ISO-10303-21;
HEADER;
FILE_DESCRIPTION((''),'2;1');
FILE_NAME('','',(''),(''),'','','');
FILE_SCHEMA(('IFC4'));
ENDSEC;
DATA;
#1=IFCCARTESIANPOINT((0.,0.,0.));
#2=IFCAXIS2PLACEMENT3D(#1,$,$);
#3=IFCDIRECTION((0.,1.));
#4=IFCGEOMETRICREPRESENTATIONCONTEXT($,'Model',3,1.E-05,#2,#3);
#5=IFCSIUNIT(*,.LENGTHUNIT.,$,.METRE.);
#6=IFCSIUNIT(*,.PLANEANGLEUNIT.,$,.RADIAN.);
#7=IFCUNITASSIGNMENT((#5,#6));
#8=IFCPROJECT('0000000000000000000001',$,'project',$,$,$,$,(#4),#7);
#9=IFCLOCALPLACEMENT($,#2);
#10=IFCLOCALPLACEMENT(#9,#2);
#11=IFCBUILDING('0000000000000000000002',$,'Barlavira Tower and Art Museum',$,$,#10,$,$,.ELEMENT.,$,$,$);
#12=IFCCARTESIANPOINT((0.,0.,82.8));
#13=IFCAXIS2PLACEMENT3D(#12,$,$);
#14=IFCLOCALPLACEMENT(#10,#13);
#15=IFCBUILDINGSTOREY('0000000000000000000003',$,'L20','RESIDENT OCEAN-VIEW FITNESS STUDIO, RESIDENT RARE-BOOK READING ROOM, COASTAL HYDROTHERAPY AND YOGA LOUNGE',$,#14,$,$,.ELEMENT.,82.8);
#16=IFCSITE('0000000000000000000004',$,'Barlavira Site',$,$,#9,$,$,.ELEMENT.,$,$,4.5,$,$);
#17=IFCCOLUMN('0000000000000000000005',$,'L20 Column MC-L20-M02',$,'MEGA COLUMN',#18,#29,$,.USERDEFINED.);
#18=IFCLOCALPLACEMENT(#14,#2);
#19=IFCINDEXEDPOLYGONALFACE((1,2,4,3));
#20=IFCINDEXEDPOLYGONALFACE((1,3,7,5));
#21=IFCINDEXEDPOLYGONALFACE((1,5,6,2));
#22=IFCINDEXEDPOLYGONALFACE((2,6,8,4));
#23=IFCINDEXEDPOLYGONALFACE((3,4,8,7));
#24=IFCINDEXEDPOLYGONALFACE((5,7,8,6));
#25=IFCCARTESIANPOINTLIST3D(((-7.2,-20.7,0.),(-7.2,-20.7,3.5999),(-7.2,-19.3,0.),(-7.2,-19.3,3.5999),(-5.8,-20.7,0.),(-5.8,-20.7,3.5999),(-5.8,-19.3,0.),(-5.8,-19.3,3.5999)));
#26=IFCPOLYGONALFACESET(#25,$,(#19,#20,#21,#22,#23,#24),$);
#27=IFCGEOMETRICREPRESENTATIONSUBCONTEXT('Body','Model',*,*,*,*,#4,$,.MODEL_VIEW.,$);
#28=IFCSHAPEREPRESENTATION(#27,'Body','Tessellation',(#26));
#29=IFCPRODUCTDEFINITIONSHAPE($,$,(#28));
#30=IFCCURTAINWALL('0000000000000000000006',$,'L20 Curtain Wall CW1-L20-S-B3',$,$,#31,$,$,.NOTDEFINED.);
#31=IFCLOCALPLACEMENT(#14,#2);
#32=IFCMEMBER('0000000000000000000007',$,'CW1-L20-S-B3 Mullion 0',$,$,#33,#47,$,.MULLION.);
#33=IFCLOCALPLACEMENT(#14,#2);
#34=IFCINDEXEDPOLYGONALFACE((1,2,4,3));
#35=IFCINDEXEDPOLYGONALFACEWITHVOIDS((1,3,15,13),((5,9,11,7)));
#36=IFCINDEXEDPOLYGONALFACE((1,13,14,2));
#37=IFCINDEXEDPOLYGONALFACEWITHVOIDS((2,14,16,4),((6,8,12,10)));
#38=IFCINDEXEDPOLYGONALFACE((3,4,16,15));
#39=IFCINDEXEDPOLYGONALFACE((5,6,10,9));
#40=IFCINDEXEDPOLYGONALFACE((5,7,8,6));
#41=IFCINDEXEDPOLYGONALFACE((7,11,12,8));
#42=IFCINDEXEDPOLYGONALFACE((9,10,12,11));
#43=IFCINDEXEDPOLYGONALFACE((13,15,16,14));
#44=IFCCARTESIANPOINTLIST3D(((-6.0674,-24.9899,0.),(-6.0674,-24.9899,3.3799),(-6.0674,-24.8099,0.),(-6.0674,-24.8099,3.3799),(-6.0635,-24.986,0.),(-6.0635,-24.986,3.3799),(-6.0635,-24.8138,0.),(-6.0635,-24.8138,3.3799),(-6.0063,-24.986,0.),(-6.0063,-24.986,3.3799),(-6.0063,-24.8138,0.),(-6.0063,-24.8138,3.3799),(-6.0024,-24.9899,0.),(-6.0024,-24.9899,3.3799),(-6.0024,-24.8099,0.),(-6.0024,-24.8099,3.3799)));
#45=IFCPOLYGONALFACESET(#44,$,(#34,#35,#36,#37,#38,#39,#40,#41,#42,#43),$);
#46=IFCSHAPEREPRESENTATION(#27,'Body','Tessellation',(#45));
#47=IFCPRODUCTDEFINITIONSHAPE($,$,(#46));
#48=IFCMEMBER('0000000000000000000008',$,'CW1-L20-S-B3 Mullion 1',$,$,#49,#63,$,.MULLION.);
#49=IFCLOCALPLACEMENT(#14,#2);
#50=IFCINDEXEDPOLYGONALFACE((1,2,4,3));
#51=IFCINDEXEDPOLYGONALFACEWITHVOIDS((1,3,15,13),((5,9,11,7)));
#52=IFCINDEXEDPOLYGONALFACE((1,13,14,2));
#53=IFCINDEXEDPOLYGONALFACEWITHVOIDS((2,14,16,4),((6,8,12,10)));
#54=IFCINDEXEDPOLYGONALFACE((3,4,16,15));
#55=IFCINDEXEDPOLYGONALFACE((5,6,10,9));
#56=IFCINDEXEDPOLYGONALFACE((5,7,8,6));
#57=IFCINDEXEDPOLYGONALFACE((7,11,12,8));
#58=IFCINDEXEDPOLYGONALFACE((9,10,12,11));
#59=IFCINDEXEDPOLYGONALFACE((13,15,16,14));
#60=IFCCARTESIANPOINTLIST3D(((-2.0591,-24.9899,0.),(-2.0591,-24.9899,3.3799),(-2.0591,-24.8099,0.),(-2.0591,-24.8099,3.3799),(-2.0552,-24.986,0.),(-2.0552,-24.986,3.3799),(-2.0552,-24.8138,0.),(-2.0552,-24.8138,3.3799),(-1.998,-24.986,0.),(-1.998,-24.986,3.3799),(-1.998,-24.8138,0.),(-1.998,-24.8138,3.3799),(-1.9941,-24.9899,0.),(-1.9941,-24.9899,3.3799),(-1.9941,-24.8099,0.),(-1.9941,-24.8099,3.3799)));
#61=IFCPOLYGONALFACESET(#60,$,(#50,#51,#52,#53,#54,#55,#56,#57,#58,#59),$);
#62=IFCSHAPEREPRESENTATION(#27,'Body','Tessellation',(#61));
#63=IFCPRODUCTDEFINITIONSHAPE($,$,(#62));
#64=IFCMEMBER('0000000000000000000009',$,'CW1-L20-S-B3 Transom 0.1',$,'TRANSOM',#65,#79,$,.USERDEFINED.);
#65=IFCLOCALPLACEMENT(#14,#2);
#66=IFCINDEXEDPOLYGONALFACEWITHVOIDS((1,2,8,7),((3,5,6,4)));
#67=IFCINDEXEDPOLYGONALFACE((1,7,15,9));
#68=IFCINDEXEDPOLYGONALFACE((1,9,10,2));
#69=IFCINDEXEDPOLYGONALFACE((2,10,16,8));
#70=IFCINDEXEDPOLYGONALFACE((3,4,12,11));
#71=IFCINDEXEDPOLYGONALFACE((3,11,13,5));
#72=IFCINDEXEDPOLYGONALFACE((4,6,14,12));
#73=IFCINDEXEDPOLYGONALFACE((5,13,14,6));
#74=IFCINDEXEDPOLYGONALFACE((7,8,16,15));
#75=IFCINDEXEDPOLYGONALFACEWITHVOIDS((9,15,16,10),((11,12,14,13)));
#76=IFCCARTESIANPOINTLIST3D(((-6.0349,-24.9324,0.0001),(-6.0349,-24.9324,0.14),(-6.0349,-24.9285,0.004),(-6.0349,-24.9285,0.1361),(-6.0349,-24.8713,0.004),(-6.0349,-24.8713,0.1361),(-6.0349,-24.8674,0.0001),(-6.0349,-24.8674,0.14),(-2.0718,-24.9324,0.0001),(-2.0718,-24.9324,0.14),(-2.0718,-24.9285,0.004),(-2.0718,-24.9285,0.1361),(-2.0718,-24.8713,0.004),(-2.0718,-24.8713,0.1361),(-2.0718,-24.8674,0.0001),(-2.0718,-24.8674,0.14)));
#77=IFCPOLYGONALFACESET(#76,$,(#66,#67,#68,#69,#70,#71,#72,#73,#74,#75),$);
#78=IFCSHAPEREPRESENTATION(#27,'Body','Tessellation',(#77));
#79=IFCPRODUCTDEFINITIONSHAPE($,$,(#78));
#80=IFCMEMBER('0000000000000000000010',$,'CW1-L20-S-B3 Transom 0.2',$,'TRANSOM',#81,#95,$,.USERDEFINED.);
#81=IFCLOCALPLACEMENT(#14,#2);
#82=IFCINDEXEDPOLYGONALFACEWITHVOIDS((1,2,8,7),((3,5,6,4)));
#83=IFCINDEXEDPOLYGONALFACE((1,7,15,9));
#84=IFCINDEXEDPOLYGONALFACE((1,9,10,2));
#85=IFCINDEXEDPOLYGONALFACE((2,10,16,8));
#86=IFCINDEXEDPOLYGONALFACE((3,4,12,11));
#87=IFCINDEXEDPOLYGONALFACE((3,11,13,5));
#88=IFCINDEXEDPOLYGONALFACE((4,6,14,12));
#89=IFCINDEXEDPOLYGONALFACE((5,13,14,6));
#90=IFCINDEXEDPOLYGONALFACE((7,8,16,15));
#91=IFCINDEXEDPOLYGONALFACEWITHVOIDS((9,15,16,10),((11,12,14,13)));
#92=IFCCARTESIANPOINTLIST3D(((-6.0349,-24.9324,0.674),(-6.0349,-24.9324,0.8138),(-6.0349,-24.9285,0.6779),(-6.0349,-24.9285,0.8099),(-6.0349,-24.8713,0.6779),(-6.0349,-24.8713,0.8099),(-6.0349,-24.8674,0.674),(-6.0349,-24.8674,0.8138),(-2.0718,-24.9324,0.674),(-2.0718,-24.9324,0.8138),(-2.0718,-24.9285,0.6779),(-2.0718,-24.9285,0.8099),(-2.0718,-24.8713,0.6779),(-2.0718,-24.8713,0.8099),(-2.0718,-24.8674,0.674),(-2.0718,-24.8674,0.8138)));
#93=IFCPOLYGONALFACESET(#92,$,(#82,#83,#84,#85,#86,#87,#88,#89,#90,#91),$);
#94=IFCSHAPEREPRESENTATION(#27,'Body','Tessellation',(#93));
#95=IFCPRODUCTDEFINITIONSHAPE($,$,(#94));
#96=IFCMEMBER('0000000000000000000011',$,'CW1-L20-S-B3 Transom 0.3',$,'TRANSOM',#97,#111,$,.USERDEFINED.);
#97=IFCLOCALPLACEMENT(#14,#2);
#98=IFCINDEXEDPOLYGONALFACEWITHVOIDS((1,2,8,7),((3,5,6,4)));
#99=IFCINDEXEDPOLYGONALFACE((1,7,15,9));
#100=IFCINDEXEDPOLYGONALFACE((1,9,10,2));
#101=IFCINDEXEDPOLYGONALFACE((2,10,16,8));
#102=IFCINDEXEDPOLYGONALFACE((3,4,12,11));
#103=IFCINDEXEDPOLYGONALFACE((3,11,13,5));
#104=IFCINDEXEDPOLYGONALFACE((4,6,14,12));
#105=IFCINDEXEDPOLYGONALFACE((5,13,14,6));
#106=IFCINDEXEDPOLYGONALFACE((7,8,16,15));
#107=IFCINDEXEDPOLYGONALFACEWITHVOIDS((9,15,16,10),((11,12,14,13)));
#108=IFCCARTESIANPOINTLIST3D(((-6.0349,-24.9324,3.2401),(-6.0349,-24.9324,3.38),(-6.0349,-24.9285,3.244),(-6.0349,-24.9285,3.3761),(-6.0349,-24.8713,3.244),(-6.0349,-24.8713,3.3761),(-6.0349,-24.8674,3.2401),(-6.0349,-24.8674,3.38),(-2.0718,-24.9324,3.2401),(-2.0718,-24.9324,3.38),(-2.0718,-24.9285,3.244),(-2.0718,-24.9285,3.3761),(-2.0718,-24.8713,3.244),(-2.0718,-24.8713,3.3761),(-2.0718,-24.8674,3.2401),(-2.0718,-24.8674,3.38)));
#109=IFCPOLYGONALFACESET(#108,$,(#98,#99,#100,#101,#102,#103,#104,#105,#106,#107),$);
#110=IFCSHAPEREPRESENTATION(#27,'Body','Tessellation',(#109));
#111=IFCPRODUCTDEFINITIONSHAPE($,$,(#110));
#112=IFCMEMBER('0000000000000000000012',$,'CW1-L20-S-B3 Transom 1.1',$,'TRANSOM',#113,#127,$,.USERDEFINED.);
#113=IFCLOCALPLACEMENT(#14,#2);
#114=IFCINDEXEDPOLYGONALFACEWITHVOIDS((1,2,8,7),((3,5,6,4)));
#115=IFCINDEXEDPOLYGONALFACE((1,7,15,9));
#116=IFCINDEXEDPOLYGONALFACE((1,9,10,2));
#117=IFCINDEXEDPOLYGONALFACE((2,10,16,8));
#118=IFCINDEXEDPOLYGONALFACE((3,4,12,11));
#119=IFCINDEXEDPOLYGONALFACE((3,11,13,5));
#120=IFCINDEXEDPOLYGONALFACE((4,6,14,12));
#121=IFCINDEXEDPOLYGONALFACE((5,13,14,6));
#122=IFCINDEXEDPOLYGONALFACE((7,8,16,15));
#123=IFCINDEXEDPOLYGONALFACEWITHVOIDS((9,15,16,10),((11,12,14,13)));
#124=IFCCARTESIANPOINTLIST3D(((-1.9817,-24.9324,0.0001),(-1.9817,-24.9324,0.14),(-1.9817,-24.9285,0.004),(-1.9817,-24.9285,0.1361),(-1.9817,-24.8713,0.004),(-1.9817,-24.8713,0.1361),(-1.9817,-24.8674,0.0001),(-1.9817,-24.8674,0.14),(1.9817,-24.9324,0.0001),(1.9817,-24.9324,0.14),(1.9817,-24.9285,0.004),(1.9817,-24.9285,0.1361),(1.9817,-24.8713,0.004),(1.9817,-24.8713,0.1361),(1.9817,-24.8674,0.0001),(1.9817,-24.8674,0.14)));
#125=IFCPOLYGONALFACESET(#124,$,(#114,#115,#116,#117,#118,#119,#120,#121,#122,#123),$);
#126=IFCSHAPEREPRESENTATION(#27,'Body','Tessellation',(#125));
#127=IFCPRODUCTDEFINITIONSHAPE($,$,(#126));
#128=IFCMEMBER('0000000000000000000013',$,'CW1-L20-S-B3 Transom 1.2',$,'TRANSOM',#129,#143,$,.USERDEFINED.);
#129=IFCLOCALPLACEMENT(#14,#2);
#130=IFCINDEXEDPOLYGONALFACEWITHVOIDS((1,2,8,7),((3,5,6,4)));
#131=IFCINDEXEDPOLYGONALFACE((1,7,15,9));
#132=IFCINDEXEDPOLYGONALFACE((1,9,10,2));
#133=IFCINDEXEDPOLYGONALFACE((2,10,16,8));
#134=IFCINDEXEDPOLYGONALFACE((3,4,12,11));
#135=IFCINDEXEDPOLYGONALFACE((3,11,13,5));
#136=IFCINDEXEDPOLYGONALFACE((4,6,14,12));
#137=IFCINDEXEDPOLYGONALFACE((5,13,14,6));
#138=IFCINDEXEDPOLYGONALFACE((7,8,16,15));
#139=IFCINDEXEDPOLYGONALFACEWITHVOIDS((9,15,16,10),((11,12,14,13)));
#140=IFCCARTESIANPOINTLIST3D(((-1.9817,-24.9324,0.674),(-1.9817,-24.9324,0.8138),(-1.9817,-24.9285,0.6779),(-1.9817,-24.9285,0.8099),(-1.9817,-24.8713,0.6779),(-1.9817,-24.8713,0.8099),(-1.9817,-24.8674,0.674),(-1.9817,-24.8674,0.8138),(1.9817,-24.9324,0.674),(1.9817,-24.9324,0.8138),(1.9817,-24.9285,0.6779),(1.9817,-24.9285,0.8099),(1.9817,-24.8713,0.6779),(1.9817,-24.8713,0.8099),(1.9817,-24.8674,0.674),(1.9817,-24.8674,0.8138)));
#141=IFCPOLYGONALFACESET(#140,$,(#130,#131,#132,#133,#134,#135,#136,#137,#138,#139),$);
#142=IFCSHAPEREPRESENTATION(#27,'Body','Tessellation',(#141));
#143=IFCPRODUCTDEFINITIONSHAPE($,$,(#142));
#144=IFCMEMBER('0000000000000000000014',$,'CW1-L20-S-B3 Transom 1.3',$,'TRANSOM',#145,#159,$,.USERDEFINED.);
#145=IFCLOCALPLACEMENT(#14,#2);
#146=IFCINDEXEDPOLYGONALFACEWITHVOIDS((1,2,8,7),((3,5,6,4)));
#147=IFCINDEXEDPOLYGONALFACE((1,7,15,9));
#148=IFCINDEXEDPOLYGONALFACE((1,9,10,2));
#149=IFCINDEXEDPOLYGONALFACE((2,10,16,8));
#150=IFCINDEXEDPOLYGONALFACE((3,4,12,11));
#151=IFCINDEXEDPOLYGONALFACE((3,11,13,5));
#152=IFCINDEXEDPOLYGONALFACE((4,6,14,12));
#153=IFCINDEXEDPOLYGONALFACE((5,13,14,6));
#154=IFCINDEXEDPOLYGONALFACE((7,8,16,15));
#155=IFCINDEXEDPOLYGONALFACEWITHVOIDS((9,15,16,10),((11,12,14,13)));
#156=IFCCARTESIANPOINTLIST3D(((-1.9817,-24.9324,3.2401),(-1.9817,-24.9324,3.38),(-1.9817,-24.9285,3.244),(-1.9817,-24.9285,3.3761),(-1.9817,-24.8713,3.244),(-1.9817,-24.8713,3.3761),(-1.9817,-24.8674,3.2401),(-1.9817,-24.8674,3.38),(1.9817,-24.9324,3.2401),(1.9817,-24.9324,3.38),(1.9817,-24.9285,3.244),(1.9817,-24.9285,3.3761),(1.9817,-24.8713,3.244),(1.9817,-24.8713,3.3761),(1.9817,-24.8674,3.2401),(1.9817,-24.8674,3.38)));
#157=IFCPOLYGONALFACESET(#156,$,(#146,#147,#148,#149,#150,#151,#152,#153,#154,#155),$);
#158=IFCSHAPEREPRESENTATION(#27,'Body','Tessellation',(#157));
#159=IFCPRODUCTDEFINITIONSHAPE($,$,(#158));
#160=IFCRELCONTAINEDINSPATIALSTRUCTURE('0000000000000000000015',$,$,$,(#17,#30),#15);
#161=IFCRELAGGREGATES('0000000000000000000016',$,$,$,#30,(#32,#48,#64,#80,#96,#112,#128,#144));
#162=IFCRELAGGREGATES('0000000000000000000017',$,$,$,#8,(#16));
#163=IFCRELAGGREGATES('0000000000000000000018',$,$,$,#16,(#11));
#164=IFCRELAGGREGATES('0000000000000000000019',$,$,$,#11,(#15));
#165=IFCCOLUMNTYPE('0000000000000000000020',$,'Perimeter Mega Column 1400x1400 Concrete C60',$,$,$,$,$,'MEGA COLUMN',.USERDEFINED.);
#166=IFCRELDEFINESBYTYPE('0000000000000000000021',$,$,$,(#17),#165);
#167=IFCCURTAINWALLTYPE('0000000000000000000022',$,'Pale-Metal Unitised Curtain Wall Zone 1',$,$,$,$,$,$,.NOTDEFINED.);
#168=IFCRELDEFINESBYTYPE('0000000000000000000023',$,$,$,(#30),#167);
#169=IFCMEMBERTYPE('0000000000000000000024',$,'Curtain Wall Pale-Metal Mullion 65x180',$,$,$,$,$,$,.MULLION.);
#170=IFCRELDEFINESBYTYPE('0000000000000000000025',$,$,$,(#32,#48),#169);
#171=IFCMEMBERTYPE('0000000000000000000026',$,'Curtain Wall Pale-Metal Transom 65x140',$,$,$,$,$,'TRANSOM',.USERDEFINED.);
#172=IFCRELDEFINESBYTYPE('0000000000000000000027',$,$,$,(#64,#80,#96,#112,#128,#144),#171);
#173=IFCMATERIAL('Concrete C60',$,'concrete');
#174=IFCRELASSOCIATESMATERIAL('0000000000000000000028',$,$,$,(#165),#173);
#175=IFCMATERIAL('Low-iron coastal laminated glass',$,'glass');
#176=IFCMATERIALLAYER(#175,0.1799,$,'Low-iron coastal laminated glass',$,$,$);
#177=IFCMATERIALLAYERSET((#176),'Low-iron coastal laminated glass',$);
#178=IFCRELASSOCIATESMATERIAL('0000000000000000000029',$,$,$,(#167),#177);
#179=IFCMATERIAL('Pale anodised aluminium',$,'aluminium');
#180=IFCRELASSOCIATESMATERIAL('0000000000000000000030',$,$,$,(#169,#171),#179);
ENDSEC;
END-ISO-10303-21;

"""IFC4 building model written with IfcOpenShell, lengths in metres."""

from ifc_helpers import new_model, si_unit, direction, frame, origin, origin_2d, place, context, subcontext, project, spatial, rectangle, hollow_rectangle, extrude, material, layer, layer_set, material_profile, profile_set, type_object, element, aggregate, save


model = new_model("IFC4")

# Units and contexts
model_context = context("Model", 3, precision=1e-05, world=origin(), true_north=direction((0.0, 1.0)))
body_context = subcontext(model_context, "Body", "Model", "MODEL_VIEW")
ifc_project = project(units=[si_unit("LENGTHUNIT", "METRE"), si_unit("PLANEANGLEUNIT", "RADIAN")], contexts=[model_context])

# Site, building, storey
site_placement = place(None, origin())
site = spatial("IfcSite", under=ifc_project, at=site_placement, Name="Barlavira Site", CompositionType="ELEMENT", RefElevation=4.5)
building_placement = place(site_placement, origin())
building = spatial("IfcBuilding", under=site, at=building_placement, Name="Barlavira Tower and Art Museum", CompositionType="ELEMENT")
storey_placement = place(building_placement, frame((0.0, 0.0, 82.8)))
storey = spatial("IfcBuildingStorey", under=building, at=storey_placement, Name="L20", Description="RESIDENT OCEAN-VIEW FITNESS STUDIO, RESIDENT RARE-BOOK READING ROOM, COASTAL HYDROTHERAPY AND YOGA LOUNGE", CompositionType="ELEMENT", Elevation=82.8)

# Column
ifc_material_1 = material(Name="Concrete C60", Category="concrete")
ifc_material_profile_1 = material_profile(ifc_material_1, rectangle(XDim=1.3999, YDim=1.3999, at=origin_2d()), Name="RC-MCOL 1400x1400")
ifc_profile_set_1 = profile_set([ifc_material_profile_1], Name="Concrete C60")
column_type = type_object("IfcColumnType", Name="Perimeter Mega Column 1400x1400 Concrete C60", ElementType="MEGA COLUMN", PredefinedType="USERDEFINED", material=ifc_profile_set_1)
column_placement = place(storey_placement, frame((-6.5, -20.0, 0.0), z_axis=(0.0, 0.0, 1.0), x_axis=(1.0, 0.0, 0.0)))
element("IfcColumn", 1, at=column_placement, inside=storey, type_object=column_type, Name="L20 Column MC-L20-M02", ObjectType="MEGA COLUMN", PredefinedType="USERDEFINED", context=body_context, shape_type="SweptSolid", body=[
    extrude(rectangle(XDim=1.3999, YDim=1.3999, at=origin_2d()), origin(), (0.0, 0.0, 1.0), 3.5999),
])

# Curtain wall, members
ifc_material_2 = material(Name="Low-iron coastal laminated glass", Category="glass")
ifc_layer_1 = layer(ifc_material_2, 0.1799, Name="Low-iron coastal laminated glass")
ifc_layer_set_1 = layer_set([ifc_layer_1], Name="Low-iron coastal laminated glass")
curtain_wall_type = type_object("IfcCurtainWallType", Name="Pale-Metal Unitised Curtain Wall Zone 1", PredefinedType="NOTDEFINED", material=ifc_layer_set_1)
curtain_wall_placement = place(storey_placement, origin())
curtain_wall = element("IfcCurtainWall", 2, at=curtain_wall_placement, inside=storey, type_object=curtain_wall_type, Name="L20 Curtain Wall CW1-L20-S-B3", PredefinedType="NOTDEFINED")
ifc_material_3 = material(Name="Pale anodised aluminium", Category="aluminium")
ifc_material_profile_2 = material_profile(ifc_material_3, hollow_rectangle(XDim=0.0649, YDim=0.1799, WallThickness=0.0039, at=origin_2d()), Name="ALU-MULL 65x180x4")
ifc_profile_set_2 = profile_set([ifc_material_profile_2], Name="Pale anodised aluminium")
member_type_1 = type_object("IfcMemberType", Name="Curtain Wall Pale-Metal Mullion 65x180", PredefinedType="MULLION", material=ifc_profile_set_2)
member_1_placement = place(storey_placement, frame((-6.0349, -24.8999, 0.0), z_axis=(0.0, 0.0, 1.0), x_axis=(1.0, 0.0, 0.0)))
member_1 = element("IfcMember", 3, at=member_1_placement, type_object=member_type_1, Name="CW1-L20-S-B3 Mullion 0", PredefinedType="MULLION", context=body_context, shape_type="SweptSolid", body=[
    extrude(hollow_rectangle(XDim=0.0649, YDim=0.1799, WallThickness=0.0039, at=origin_2d()), origin(), (0.0, 0.0, 1.0), 3.3799),
])
member_2_placement = place(storey_placement, frame((-2.0266, -24.8999, 0.0), z_axis=(0.0, 0.0, 1.0), x_axis=(1.0, 0.0, 0.0)))
member_2 = element("IfcMember", 4, at=member_2_placement, type_object=member_type_1, Name="CW1-L20-S-B3 Mullion 1", PredefinedType="MULLION", context=body_context, shape_type="SweptSolid", body=[
    extrude(hollow_rectangle(XDim=0.0649, YDim=0.1799, WallThickness=0.0039, at=origin_2d()), origin(), (0.0, 0.0, 1.0), 3.3799),
])
ifc_material_profile_3 = material_profile(ifc_material_3, hollow_rectangle(XDim=0.0649, YDim=0.1399, WallThickness=0.0039, at=origin_2d()), Name="ALU-TRAN 65x140x4")
ifc_profile_set_3 = profile_set([ifc_material_profile_3], Name="Pale anodised aluminium")
member_type_2 = type_object("IfcMemberType", Name="Curtain Wall Pale-Metal Transom 65x140", ElementType="TRANSOM", PredefinedType="USERDEFINED", material=ifc_profile_set_3)
member_3_placement = place(storey_placement, frame((-6.0349, -24.8999, 0.0701), z_axis=(1.0, 0.0, 0.0), x_axis=(0.0, 1.0, 0.0)))
member_3 = element("IfcMember", 5, at=member_3_placement, type_object=member_type_2, Name="CW1-L20-S-B3 Transom 0.1", ObjectType="TRANSOM", PredefinedType="USERDEFINED", context=body_context, shape_type="SweptSolid", body=[
    extrude(hollow_rectangle(XDim=0.0649, YDim=0.1399, WallThickness=0.0039, at=origin_2d()), origin(), (0.0, 0.0, 1.0), 3.9631),
])
member_4_placement = place(storey_placement, frame((-6.0349, -24.8999, 0.7439), z_axis=(1.0, 0.0, 0.0), x_axis=(0.0, 1.0, 0.0)))
member_4 = element("IfcMember", 6, at=member_4_placement, type_object=member_type_2, Name="CW1-L20-S-B3 Transom 0.2", ObjectType="TRANSOM", PredefinedType="USERDEFINED", context=body_context, shape_type="SweptSolid", body=[
    extrude(hollow_rectangle(XDim=0.0649, YDim=0.1399, WallThickness=0.0039, at=origin_2d()), origin(), (0.0, 0.0, 1.0), 3.9631),
])
member_5_placement = place(storey_placement, frame((-6.0349, -24.8999, 3.3101), z_axis=(1.0, 0.0, 0.0), x_axis=(0.0, 1.0, 0.0)))
member_5 = element("IfcMember", 7, at=member_5_placement, type_object=member_type_2, Name="CW1-L20-S-B3 Transom 0.3", ObjectType="TRANSOM", PredefinedType="USERDEFINED", context=body_context, shape_type="SweptSolid", body=[
    extrude(hollow_rectangle(XDim=0.0649, YDim=0.1399, WallThickness=0.0039, at=origin_2d()), origin(), (0.0, 0.0, 1.0), 3.9631),
])
member_6_placement = place(storey_placement, frame((-1.9817, -24.8999, 0.0701), z_axis=(1.0, 0.0, 0.0), x_axis=(0.0, 1.0, 0.0)))
member_6 = element("IfcMember", 8, at=member_6_placement, type_object=member_type_2, Name="CW1-L20-S-B3 Transom 1.1", ObjectType="TRANSOM", PredefinedType="USERDEFINED", context=body_context, shape_type="SweptSolid", body=[
    extrude(hollow_rectangle(XDim=0.0649, YDim=0.1399, WallThickness=0.0039, at=origin_2d()), origin(), (0.0, 0.0, 1.0), 3.9634),
])
member_7_placement = place(storey_placement, frame((-1.9817, -24.8999, 0.7439), z_axis=(1.0, 0.0, 0.0), x_axis=(0.0, 1.0, 0.0)))
member_7 = element("IfcMember", 9, at=member_7_placement, type_object=member_type_2, Name="CW1-L20-S-B3 Transom 1.2", ObjectType="TRANSOM", PredefinedType="USERDEFINED", context=body_context, shape_type="SweptSolid", body=[
    extrude(hollow_rectangle(XDim=0.0649, YDim=0.1399, WallThickness=0.0039, at=origin_2d()), origin(), (0.0, 0.0, 1.0), 3.9634),
])
member_8_placement = place(storey_placement, frame((-1.9817, -24.8999, 3.3101), z_axis=(1.0, 0.0, 0.0), x_axis=(0.0, 1.0, 0.0)))
member_8 = element("IfcMember", 10, at=member_8_placement, type_object=member_type_2, Name="CW1-L20-S-B3 Transom 1.3", ObjectType="TRANSOM", PredefinedType="USERDEFINED", context=body_context, shape_type="SweptSolid", body=[
    extrude(hollow_rectangle(XDim=0.0649, YDim=0.1399, WallThickness=0.0039, at=origin_2d()), origin(), (0.0, 0.0, 1.0), 3.9634),
])

aggregate(curtain_wall, [member_1, member_2, member_3, member_4, member_5, member_6, member_7, member_8])

save(model, "model.ifc")
